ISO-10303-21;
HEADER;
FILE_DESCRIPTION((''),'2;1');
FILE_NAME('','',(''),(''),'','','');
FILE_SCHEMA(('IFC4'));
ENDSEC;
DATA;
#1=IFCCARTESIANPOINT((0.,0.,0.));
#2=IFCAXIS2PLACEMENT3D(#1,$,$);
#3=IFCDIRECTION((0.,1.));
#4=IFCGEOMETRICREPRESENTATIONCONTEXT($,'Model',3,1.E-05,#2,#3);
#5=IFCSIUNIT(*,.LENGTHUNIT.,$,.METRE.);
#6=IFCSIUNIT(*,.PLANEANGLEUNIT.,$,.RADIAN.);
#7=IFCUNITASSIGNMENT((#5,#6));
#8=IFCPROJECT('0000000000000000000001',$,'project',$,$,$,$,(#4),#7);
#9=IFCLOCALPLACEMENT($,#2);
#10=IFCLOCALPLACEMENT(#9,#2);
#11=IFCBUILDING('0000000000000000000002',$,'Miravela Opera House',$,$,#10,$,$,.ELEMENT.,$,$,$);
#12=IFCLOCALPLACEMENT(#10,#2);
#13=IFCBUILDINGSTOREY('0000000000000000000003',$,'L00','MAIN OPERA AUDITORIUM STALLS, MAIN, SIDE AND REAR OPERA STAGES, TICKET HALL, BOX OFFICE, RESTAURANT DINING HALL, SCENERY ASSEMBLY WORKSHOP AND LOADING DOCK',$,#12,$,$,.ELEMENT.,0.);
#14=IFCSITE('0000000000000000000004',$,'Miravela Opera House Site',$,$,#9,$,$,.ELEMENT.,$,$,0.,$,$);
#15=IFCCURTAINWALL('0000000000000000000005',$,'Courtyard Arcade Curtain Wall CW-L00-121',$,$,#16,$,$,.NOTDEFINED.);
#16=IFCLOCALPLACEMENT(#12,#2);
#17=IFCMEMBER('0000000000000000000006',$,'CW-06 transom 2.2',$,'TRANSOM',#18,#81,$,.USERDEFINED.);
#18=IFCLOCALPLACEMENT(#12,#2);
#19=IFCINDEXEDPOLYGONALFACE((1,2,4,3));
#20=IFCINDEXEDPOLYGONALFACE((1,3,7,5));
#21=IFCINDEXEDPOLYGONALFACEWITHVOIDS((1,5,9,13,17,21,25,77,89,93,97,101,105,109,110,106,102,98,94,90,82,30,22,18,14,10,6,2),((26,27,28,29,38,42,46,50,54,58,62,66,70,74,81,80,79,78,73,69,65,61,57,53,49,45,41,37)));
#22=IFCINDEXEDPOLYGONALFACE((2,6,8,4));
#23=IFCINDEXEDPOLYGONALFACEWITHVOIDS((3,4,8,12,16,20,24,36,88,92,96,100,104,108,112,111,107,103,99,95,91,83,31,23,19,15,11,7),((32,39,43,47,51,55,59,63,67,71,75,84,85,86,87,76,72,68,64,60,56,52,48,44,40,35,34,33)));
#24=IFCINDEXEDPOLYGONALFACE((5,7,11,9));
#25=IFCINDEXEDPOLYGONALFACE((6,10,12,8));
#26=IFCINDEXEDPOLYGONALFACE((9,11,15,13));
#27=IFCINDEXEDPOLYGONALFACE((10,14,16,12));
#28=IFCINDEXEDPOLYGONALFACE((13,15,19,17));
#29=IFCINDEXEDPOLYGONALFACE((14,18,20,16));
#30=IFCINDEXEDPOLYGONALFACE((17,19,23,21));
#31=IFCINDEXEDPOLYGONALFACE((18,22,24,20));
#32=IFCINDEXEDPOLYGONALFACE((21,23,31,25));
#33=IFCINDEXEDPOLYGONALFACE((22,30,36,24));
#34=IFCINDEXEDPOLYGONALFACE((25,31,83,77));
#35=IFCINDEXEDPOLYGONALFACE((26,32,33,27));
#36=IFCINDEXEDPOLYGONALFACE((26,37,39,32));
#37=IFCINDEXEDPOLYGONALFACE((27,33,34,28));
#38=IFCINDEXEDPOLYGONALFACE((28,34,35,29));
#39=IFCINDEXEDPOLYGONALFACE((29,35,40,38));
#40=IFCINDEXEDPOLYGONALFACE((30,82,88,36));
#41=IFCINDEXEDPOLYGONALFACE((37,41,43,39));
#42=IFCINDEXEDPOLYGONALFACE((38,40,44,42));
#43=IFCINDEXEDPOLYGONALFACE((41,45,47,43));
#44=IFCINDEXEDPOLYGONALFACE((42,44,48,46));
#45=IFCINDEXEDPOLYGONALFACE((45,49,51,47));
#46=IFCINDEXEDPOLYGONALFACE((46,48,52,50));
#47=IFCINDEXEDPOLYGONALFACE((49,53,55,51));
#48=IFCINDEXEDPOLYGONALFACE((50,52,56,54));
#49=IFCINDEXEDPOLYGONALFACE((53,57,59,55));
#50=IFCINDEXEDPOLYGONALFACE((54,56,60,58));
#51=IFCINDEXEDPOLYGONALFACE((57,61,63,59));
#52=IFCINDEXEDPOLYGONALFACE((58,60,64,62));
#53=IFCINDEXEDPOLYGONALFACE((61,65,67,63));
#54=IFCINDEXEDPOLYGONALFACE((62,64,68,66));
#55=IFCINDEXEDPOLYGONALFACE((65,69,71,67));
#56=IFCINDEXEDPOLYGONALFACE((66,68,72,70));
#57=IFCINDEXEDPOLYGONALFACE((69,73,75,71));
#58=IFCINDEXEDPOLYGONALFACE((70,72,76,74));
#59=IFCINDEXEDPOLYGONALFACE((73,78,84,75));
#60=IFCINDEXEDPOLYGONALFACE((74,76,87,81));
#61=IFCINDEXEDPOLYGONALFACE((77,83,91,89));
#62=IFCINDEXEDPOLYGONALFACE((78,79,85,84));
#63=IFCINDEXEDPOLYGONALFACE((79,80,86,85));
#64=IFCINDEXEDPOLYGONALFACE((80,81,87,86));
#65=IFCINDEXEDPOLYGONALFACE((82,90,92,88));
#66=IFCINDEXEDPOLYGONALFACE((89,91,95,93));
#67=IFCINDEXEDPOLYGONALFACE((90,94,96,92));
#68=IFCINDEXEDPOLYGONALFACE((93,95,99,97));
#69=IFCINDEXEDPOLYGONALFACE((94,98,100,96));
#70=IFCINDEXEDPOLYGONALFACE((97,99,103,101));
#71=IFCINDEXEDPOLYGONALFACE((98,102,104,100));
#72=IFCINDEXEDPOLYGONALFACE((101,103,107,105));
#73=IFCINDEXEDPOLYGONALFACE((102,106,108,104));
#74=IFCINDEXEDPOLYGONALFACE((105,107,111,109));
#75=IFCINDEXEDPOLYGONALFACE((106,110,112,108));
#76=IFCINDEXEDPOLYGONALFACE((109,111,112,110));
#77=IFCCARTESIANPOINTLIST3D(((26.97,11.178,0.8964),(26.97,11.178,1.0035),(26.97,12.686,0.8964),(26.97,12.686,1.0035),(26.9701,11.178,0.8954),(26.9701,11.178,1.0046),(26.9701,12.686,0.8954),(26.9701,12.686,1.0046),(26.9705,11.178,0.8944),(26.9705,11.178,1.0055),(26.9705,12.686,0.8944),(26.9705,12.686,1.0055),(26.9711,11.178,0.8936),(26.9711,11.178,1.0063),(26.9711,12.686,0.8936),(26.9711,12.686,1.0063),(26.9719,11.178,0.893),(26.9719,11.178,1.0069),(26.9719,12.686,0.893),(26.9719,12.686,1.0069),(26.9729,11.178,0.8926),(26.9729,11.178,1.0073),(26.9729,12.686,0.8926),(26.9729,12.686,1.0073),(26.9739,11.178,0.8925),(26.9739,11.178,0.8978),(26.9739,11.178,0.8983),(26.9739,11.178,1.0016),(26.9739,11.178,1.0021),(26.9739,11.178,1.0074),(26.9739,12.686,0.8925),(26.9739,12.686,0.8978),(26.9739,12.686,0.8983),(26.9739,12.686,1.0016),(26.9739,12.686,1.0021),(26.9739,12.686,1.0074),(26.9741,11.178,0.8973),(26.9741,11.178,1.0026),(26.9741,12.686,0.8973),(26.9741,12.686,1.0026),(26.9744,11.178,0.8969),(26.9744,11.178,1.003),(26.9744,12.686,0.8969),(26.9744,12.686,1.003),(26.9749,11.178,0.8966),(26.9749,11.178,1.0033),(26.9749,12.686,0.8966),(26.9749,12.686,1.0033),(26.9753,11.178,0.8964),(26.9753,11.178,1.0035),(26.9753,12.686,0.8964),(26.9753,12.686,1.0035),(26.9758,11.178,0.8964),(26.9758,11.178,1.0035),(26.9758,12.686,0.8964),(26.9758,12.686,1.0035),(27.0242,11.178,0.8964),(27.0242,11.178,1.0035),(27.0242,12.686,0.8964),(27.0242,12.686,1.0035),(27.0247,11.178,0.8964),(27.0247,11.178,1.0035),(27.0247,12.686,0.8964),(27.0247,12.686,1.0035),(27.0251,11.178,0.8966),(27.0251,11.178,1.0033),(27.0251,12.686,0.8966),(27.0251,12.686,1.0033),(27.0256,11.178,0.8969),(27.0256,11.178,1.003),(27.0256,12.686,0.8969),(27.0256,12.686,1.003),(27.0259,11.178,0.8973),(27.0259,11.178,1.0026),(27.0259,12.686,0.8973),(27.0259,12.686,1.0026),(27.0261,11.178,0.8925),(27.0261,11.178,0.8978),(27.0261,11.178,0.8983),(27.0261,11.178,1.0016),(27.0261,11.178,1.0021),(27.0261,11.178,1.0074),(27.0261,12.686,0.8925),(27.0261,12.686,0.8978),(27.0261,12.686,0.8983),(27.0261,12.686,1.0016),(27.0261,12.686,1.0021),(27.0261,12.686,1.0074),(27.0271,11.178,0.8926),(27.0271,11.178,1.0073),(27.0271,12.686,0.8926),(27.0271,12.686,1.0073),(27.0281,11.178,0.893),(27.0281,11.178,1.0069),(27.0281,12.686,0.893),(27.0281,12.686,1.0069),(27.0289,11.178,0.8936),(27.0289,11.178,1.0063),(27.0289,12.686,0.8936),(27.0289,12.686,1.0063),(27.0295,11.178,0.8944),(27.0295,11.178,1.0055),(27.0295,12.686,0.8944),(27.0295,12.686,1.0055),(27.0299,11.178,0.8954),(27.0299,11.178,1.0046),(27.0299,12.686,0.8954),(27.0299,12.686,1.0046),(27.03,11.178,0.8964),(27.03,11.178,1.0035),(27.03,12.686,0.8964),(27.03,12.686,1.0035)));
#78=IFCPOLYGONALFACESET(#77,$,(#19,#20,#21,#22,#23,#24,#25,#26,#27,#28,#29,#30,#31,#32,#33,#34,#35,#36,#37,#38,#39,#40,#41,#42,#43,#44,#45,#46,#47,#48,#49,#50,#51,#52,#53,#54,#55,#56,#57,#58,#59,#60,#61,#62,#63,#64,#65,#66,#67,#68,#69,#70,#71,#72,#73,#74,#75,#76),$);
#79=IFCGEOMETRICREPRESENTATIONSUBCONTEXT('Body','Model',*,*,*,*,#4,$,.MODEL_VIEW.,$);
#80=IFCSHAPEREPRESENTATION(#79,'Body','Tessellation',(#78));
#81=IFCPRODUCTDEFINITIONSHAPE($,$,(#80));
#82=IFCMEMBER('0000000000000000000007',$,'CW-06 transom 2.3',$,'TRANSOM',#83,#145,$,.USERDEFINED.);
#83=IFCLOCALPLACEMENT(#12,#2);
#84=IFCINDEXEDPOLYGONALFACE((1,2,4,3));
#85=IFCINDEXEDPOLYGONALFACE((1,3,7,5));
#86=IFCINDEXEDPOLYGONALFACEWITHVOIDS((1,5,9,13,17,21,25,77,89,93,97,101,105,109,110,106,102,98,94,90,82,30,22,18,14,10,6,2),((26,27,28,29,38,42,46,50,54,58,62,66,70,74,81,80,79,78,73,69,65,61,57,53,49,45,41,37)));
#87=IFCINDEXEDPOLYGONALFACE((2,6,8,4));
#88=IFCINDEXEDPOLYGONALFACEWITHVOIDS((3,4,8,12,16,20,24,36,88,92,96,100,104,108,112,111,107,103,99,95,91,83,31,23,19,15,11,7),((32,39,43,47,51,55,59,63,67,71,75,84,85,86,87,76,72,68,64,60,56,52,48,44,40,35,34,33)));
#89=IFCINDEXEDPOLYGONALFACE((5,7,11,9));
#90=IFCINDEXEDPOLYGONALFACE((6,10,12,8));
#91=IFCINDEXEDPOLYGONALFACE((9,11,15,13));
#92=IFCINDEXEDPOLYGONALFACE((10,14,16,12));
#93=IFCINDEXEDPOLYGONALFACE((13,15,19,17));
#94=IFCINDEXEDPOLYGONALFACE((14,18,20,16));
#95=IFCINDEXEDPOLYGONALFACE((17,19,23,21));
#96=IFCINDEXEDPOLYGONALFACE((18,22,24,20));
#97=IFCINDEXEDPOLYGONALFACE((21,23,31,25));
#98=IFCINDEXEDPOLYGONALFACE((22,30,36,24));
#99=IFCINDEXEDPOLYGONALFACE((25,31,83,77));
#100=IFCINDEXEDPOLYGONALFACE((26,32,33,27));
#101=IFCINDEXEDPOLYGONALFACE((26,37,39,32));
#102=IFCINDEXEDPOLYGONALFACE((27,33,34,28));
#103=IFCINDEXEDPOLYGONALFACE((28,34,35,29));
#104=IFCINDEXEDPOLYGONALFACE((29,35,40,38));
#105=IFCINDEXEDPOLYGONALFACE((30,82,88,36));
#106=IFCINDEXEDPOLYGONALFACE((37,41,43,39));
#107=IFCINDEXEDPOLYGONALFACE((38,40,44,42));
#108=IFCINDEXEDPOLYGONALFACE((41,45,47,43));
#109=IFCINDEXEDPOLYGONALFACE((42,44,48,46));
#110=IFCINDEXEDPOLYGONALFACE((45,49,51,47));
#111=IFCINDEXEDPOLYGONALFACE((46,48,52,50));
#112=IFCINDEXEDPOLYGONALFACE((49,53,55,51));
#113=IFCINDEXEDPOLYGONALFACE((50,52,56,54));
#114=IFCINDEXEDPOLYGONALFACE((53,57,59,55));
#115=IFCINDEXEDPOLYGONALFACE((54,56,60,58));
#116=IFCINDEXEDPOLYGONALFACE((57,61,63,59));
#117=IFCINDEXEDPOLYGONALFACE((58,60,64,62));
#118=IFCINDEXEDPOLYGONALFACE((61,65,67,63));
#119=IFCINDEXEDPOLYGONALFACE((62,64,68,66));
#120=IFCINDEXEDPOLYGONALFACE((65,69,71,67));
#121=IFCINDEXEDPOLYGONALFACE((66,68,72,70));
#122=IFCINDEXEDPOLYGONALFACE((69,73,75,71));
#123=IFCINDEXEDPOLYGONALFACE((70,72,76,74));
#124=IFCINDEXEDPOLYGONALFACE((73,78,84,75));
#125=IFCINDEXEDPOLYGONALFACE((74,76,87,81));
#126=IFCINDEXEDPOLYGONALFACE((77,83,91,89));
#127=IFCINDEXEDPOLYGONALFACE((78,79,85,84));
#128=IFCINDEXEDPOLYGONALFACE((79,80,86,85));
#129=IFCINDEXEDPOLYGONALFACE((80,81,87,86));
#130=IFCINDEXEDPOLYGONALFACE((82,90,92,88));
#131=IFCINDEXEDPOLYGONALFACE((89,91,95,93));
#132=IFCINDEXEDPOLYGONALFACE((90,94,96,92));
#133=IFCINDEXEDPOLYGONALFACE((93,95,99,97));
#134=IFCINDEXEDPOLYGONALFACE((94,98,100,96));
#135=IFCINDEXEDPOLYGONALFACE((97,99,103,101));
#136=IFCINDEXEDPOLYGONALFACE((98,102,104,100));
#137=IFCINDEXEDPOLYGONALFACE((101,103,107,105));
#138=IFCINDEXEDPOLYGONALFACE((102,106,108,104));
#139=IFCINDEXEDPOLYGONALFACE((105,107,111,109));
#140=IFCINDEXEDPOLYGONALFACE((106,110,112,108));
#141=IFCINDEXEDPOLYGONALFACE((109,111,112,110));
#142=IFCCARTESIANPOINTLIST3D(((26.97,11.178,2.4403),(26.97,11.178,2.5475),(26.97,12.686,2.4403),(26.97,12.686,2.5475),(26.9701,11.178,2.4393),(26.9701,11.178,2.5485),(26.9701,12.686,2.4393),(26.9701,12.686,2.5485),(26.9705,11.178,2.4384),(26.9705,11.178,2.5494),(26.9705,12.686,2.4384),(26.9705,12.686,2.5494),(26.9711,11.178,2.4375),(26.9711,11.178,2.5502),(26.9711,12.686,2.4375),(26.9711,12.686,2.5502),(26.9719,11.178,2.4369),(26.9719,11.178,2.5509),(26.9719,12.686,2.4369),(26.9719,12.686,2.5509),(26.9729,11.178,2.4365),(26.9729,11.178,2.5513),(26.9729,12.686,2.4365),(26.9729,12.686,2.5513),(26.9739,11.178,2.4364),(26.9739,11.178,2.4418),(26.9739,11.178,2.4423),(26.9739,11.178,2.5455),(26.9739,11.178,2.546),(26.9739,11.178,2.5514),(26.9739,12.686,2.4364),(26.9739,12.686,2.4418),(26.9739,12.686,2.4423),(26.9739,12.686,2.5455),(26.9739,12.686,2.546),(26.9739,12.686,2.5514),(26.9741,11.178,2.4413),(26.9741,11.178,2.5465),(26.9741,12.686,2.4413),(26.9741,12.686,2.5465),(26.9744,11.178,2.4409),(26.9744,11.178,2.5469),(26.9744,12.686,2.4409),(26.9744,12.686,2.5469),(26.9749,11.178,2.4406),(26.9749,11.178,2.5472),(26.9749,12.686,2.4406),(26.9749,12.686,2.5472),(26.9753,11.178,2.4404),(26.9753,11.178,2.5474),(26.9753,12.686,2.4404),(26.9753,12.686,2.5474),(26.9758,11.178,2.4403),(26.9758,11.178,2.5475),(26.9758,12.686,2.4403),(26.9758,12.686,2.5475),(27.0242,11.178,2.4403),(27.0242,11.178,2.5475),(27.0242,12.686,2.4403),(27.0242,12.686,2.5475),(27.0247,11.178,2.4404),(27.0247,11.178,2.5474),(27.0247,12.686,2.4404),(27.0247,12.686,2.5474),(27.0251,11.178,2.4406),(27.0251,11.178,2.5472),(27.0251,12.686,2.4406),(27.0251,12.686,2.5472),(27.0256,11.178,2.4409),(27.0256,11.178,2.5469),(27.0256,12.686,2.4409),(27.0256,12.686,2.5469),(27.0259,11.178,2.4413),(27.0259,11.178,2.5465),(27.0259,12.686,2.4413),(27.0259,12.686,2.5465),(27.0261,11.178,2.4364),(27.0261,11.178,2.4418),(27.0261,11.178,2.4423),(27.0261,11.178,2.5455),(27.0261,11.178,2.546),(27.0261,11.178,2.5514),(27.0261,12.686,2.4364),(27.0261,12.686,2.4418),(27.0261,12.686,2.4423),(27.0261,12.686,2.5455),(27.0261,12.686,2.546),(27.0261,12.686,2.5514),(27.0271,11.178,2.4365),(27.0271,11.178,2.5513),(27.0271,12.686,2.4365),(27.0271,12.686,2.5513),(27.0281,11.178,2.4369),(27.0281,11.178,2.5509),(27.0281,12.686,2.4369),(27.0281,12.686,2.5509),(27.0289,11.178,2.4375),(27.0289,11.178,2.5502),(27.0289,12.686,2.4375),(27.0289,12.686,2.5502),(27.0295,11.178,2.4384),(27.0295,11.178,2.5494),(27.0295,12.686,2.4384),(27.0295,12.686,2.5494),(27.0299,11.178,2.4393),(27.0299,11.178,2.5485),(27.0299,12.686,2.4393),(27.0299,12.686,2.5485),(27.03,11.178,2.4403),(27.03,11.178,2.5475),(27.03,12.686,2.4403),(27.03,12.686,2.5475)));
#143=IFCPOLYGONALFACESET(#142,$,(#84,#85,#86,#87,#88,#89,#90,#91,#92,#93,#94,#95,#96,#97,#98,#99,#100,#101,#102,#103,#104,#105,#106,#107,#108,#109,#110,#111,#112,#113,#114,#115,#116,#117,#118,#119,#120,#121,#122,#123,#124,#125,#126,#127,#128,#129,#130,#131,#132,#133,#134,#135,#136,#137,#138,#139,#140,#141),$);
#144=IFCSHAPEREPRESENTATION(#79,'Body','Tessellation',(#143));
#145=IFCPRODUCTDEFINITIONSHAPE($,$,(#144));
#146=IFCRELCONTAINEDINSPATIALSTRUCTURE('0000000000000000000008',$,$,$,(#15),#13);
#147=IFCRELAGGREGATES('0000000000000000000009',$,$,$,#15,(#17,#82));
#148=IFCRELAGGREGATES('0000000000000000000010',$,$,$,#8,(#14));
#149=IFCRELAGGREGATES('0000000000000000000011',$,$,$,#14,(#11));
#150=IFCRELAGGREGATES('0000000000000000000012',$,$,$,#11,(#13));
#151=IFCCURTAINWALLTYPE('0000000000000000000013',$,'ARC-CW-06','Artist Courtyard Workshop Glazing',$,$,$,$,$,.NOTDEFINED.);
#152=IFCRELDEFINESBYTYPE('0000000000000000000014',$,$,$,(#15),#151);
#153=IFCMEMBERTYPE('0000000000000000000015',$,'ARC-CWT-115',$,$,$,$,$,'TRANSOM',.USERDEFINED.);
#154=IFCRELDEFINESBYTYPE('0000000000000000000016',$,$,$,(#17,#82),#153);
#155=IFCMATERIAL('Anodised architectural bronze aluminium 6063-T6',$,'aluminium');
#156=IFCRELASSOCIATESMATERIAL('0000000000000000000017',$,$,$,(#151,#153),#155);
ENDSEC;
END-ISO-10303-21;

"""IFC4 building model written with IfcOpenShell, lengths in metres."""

from ifc_helpers import new_model, si_unit, direction, frame, origin, origin_2d, place, context, subcontext, project, spatial, hollow_rectangle, extrude, material, material_profile, profile_set, type_object, element, aggregate, save


model = new_model("IFC4")

# Units and contexts
model_context = context("Model", 3, precision=1e-05, world=origin(), true_north=direction((0.0, 1.0)))
body_context = subcontext(model_context, "Body", "Model", "MODEL_VIEW")
ifc_project = project(units=[si_unit("LENGTHUNIT", "METRE"), si_unit("PLANEANGLEUNIT", "RADIAN")], contexts=[model_context])

# Site, building, storey
site_placement = place(None, origin())
site = spatial("IfcSite", under=ifc_project, at=site_placement, Name="Miravela Opera House Site", CompositionType="ELEMENT", RefElevation=0.0)
building_placement = place(site_placement, origin())
building = spatial("IfcBuilding", under=site, at=building_placement, Name="Miravela Opera House", CompositionType="ELEMENT")
storey_placement = place(building_placement, origin())
storey = spatial("IfcBuildingStorey", under=building, at=storey_placement, Name="L00", Description="MAIN OPERA AUDITORIUM STALLS, MAIN, SIDE AND REAR OPERA STAGES, TICKET HALL, BOX OFFICE, RESTAURANT DINING HALL, SCENERY ASSEMBLY WORKSHOP AND LOADING DOCK", CompositionType="ELEMENT", Elevation=0.0)

# Shared definitions
ifc_material_1 = material(Name="Anodised architectural bronze aluminium 6063-T6", Category="aluminium")
curtain_wall_type = type_object("IfcCurtainWallType", Name="ARC-CW-06", Description="Artist Courtyard Workshop Glazing", PredefinedType="NOTDEFINED", material=ifc_material_1)

# Curtain wall, members
curtain_wall_1_placement = place(storey_placement, origin())
curtain_wall_1 = element("IfcCurtainWall", 1, at=curtain_wall_1_placement, inside=storey, type_object=curtain_wall_type, Name="Courtyard Arcade Curtain Wall CW-L00-121", PredefinedType="NOTDEFINED")
ifc_material_profile_1 = material_profile(ifc_material_1, hollow_rectangle(XDim=0.0601, YDim=0.115, WallThickness=0.0039, InnerFilletRadius=0.002, OuterFilletRadius=0.0039, at=origin_2d()), Name="CWT-60X115")
ifc_profile_set_1 = profile_set([ifc_material_profile_1])
member_type_1 = type_object("IfcMemberType", Name="ARC-CWT-115", ElementType="TRANSOM", PredefinedType="USERDEFINED", material=ifc_profile_set_1)
member_1_placement = place(storey_placement, frame((27.0, 11.178, 0.95), z_axis=(0.0, 1.0, 0.0), x_axis=(-1.0, 0.0, 0.0)))
member_1 = element("IfcMember", 2, at=member_1_placement, type_object=member_type_1, Name="CW-06 transom 2.2", ObjectType="TRANSOM", PredefinedType="USERDEFINED", context=body_context, shape_type="SweptSolid", body=[
    extrude(hollow_rectangle(XDim=0.0601, YDim=0.115, WallThickness=0.0039, InnerFilletRadius=0.002, OuterFilletRadius=0.0039, at=origin_2d()), origin(), (0.0, 0.0, 1.0), 1.5081),
])
member_2_placement = place(storey_placement, frame((27.0, 11.178, 2.4939), z_axis=(0.0, 1.0, 0.0), x_axis=(-1.0, 0.0, 0.0)))
member_2 = element("IfcMember", 3, at=member_2_placement, type_object=member_type_1, Name="CW-06 transom 2.3", ObjectType="TRANSOM", PredefinedType="USERDEFINED", context=body_context, shape_type="SweptSolid", body=[
    extrude(hollow_rectangle(XDim=0.0601, YDim=0.115, WallThickness=0.0039, InnerFilletRadius=0.002, OuterFilletRadius=0.0039, at=origin_2d()), origin(), (0.0, 0.0, 1.0), 1.5081),
])

aggregate(curtain_wall_1, [member_1, member_2])

save(model, "model.ifc")
